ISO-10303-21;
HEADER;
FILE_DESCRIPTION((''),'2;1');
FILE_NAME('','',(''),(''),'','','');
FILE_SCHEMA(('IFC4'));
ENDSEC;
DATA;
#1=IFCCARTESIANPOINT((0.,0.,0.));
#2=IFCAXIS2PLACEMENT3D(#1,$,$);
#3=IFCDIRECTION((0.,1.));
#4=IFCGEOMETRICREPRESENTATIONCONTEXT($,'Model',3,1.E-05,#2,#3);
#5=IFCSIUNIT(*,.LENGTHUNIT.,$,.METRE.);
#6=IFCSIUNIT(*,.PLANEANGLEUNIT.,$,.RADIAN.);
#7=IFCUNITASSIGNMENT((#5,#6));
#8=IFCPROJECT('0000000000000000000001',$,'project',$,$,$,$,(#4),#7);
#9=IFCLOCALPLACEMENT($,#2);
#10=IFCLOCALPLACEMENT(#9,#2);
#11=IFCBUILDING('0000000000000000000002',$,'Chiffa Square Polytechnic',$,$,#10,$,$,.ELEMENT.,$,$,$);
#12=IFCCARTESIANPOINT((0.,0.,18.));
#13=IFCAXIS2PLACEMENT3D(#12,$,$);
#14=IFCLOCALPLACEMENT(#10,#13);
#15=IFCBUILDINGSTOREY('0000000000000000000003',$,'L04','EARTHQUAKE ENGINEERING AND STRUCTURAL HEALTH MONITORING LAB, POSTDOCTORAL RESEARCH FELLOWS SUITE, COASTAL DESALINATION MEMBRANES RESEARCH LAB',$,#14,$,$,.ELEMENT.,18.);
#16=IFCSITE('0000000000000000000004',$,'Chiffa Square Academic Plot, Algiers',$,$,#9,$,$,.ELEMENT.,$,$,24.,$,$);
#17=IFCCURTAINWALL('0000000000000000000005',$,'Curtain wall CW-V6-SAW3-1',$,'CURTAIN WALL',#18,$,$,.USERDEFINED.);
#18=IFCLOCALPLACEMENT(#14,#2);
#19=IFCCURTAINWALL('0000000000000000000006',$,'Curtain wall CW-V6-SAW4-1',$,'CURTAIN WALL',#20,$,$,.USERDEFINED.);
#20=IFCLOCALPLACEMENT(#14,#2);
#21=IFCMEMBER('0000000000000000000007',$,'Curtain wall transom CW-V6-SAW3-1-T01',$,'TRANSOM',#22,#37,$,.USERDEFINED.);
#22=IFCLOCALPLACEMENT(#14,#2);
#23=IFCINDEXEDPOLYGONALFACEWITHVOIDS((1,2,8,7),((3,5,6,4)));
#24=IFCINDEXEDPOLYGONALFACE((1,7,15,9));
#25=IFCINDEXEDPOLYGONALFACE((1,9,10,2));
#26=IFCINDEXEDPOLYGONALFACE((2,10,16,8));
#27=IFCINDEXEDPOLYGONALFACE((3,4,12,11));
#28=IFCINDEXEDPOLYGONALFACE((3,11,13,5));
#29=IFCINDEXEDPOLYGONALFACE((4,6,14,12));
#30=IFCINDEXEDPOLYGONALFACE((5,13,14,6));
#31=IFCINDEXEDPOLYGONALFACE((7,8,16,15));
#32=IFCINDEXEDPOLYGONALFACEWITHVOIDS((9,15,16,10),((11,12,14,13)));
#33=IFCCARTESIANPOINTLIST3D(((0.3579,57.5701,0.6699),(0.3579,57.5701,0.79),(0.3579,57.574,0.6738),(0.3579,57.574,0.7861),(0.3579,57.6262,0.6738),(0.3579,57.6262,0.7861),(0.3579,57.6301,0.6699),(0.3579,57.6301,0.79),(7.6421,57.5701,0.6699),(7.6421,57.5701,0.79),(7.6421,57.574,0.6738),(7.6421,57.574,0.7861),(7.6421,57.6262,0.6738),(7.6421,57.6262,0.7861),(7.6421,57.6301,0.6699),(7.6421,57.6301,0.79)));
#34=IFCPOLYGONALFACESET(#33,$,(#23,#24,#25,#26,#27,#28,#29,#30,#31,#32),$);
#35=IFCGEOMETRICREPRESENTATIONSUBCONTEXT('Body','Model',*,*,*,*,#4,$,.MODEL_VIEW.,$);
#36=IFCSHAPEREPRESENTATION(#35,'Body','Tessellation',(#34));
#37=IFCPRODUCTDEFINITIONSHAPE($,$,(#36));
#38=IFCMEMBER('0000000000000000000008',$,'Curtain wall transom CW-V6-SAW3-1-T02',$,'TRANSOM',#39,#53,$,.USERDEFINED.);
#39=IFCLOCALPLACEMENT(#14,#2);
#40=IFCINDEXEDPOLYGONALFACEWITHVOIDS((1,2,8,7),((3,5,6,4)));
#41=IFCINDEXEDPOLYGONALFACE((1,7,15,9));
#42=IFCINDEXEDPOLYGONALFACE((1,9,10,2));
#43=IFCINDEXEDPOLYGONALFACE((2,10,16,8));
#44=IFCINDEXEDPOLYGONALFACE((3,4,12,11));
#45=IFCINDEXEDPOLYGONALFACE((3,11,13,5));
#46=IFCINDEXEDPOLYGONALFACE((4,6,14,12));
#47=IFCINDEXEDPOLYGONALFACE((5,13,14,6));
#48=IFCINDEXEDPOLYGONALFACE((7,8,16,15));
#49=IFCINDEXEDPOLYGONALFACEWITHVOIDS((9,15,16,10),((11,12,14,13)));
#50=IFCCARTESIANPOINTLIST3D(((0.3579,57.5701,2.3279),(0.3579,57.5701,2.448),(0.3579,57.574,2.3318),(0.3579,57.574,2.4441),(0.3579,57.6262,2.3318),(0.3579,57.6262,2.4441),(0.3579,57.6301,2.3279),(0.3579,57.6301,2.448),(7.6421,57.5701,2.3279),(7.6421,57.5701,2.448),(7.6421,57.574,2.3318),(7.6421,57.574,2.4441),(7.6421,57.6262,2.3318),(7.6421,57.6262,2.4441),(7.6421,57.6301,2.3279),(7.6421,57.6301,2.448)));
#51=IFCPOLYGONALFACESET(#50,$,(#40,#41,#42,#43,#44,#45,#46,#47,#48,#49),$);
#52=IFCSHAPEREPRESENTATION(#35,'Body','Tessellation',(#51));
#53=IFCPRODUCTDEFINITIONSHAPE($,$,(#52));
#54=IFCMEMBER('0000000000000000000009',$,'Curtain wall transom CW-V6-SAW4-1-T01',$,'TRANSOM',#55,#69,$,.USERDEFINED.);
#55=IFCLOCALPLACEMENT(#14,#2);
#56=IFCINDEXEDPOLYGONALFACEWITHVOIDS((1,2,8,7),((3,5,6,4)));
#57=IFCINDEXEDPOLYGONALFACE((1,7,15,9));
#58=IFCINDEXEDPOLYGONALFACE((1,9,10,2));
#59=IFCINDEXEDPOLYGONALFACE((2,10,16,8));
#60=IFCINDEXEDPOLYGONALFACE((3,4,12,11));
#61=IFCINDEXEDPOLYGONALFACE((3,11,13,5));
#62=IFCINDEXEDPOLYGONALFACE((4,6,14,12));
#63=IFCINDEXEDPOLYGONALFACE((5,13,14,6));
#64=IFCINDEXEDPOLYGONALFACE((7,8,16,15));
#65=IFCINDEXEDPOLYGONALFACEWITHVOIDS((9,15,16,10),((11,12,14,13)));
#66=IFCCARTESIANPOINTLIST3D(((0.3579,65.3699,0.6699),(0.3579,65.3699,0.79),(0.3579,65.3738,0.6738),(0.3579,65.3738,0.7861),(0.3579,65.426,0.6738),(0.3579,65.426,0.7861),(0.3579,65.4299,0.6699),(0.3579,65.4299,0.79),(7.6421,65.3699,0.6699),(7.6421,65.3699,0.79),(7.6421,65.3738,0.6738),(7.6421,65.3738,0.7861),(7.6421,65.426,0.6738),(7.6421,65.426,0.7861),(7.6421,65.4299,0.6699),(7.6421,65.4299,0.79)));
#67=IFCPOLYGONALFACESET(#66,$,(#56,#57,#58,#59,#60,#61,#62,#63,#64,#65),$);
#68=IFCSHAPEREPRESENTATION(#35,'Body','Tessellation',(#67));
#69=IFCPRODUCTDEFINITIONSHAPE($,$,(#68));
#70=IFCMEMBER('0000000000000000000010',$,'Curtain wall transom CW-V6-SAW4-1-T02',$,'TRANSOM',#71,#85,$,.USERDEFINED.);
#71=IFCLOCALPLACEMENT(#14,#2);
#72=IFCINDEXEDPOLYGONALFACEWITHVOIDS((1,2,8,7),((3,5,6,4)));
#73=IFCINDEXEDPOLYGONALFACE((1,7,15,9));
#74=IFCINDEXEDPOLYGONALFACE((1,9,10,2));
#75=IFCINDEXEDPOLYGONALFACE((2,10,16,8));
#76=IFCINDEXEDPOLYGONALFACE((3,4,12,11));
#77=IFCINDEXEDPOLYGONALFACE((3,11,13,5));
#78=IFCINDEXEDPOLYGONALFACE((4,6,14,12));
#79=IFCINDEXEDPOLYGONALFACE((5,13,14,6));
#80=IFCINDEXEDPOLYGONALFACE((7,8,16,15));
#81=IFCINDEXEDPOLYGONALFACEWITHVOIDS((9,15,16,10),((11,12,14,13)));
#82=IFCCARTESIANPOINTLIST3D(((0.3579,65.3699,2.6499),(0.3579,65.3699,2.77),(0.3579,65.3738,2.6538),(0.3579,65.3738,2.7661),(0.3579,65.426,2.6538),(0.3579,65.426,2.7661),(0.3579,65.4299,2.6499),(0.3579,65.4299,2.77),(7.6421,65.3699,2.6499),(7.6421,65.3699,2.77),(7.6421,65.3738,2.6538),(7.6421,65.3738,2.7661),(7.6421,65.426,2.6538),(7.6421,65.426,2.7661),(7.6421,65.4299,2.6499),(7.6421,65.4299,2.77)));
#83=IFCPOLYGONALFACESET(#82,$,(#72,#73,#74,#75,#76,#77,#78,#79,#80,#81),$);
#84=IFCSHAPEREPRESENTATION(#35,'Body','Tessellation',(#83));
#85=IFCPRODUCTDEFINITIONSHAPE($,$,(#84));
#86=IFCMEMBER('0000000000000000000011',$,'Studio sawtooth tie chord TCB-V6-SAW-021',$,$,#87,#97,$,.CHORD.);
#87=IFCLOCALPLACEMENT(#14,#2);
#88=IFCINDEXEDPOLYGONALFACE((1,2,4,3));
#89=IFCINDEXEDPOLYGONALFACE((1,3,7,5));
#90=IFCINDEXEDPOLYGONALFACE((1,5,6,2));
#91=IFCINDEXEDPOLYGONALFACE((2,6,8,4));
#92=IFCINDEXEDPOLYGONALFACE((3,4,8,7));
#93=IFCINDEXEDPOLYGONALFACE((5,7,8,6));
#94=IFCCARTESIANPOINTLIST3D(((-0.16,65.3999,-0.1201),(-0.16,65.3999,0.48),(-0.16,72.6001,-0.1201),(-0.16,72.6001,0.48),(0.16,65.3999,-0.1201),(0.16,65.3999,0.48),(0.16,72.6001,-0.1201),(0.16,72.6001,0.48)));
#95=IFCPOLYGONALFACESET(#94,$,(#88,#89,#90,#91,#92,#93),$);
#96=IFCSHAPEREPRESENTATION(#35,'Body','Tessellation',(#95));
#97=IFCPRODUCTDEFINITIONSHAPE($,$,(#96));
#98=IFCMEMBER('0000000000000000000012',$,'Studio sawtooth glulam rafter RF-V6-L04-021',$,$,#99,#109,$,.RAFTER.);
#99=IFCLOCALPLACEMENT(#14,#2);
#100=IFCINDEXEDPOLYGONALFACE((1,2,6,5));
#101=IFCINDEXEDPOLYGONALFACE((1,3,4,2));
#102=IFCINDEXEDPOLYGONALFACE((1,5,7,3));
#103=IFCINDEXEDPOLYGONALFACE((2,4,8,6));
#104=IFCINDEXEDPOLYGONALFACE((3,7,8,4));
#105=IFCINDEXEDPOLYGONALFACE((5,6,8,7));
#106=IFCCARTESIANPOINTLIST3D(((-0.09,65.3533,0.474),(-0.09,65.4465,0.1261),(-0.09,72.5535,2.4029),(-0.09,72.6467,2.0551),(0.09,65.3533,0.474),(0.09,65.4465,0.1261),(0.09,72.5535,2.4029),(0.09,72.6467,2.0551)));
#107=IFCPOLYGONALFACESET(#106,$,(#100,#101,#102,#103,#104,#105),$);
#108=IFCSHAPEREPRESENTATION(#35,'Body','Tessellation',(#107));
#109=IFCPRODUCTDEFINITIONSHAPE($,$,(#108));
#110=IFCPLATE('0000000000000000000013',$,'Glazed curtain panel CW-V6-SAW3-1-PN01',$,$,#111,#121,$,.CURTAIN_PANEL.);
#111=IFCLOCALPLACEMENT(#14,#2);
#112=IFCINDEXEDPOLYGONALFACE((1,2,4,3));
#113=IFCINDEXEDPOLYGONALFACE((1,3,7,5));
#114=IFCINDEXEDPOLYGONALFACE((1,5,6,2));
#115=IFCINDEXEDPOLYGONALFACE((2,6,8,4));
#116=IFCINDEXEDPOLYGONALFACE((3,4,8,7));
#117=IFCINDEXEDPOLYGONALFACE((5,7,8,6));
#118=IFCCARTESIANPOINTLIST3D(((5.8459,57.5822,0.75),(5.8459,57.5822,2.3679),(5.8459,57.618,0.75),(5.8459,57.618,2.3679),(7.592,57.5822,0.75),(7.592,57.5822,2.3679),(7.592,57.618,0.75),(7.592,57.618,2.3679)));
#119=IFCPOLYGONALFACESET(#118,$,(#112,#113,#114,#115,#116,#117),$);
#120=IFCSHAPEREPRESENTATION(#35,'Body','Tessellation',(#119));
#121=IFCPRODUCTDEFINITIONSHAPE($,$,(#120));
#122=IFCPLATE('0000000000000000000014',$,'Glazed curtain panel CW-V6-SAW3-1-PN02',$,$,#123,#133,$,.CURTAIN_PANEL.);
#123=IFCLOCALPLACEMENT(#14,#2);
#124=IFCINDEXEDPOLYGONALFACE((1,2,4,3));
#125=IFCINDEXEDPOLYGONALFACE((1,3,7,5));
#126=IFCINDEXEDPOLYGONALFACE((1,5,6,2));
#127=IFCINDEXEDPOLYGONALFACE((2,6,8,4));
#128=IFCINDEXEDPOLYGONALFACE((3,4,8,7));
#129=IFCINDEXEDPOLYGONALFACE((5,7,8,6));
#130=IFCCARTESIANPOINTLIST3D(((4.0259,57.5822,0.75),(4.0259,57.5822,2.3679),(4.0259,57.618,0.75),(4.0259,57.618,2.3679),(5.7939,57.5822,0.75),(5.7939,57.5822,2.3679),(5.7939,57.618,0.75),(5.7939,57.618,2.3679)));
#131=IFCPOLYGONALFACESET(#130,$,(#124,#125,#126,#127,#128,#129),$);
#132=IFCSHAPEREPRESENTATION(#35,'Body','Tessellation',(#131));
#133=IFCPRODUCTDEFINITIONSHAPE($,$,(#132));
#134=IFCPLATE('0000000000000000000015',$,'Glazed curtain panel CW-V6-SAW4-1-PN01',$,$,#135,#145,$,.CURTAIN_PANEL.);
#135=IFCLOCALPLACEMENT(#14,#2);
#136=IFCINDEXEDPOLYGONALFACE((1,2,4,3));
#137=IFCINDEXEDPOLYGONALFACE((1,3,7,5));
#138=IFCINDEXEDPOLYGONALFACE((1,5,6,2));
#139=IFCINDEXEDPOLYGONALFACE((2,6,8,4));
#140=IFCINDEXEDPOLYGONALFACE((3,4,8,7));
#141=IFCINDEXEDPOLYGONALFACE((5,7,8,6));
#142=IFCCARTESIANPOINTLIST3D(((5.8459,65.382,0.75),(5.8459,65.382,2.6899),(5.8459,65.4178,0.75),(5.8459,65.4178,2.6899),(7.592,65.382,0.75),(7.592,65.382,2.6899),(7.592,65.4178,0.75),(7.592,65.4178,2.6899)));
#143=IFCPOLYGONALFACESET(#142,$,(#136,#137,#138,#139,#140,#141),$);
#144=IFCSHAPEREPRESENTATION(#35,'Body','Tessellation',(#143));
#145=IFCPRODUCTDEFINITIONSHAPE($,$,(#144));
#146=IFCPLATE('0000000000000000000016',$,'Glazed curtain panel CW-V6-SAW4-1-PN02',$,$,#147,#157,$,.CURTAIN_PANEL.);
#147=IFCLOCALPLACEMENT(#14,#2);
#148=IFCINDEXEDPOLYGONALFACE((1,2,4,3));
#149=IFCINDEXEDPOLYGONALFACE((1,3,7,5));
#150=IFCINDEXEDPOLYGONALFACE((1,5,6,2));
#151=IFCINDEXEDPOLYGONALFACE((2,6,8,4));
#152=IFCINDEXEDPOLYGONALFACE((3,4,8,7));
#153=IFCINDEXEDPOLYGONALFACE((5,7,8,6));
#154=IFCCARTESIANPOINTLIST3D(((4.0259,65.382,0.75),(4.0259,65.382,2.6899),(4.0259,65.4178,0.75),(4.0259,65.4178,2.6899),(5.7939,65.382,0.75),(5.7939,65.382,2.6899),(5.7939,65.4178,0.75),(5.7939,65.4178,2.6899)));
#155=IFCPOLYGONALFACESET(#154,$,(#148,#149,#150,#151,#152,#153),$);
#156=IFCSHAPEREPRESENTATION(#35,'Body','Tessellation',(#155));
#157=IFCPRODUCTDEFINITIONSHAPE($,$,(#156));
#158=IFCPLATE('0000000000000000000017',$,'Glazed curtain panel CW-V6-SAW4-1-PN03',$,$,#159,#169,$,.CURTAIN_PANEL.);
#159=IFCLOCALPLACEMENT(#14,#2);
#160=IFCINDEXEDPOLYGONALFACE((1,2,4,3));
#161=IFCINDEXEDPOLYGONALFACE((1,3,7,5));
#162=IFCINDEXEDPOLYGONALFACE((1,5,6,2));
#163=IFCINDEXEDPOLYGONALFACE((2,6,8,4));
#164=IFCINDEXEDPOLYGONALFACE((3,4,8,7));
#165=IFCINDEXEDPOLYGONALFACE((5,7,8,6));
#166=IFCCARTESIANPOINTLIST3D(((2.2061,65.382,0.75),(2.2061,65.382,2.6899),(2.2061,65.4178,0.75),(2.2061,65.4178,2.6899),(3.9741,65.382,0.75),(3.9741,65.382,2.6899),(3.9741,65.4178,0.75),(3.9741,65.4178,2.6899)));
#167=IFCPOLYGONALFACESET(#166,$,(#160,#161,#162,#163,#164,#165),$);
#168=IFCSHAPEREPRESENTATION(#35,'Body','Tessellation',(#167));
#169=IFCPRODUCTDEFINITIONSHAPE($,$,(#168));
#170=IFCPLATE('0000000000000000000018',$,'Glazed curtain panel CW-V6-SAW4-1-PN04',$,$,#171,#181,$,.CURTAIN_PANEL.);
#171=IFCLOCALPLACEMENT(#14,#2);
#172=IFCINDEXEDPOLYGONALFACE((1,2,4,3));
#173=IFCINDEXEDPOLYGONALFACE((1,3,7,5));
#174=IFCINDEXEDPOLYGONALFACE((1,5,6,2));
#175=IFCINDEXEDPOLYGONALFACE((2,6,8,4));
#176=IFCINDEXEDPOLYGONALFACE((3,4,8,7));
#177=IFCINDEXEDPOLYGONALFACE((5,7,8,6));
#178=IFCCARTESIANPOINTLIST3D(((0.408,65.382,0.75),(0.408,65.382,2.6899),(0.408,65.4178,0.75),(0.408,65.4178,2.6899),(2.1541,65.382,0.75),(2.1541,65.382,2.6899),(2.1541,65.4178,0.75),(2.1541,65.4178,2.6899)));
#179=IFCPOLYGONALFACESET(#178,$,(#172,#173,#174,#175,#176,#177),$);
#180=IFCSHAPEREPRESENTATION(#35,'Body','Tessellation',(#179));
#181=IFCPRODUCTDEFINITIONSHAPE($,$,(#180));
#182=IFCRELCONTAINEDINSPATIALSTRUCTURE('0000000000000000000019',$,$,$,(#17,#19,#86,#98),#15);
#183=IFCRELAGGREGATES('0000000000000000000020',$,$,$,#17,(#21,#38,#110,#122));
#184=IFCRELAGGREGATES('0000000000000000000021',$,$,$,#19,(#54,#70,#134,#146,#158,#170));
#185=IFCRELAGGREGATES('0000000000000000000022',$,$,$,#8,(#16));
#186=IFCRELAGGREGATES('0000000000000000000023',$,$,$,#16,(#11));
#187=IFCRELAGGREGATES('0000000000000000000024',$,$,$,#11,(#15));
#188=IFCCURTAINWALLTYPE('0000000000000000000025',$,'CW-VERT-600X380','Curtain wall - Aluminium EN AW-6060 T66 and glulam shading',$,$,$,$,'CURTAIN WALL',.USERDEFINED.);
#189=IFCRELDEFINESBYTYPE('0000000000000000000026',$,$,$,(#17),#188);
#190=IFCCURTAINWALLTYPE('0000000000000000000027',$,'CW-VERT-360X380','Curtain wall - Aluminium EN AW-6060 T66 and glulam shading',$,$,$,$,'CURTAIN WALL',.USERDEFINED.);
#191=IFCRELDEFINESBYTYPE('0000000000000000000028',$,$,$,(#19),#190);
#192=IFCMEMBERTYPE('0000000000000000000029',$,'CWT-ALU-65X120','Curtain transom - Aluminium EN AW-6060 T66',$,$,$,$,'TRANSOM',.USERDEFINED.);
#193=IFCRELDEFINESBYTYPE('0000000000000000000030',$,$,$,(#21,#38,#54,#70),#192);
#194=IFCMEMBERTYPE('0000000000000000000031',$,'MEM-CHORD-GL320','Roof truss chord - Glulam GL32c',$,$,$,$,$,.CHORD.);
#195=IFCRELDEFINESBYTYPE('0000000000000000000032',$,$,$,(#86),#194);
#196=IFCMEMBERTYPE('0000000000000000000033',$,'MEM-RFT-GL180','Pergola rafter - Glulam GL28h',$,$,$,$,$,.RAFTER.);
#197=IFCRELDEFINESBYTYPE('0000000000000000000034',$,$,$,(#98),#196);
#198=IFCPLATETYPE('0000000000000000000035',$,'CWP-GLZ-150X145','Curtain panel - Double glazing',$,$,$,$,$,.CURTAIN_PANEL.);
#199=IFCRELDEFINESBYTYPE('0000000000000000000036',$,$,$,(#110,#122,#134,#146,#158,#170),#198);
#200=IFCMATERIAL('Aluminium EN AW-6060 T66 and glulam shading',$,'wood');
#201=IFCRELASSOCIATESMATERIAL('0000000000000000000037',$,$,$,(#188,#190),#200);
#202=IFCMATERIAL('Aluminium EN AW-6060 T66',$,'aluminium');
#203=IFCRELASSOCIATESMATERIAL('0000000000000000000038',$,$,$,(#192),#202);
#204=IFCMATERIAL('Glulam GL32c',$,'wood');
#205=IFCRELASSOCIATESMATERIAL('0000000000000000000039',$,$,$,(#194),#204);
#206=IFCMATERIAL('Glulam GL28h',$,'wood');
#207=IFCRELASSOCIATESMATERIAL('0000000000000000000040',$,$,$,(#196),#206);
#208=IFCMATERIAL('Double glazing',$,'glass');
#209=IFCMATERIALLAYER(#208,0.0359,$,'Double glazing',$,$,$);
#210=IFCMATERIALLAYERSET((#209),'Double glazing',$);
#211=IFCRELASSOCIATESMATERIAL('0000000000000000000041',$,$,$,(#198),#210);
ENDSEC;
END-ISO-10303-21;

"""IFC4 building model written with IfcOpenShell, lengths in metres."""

from ifc_helpers import new_model, si_unit, direction, frame, origin, origin_2d, place, context, subcontext, project, spatial, rectangle, hollow_rectangle, extrude, material, layer, layer_set, material_profile, profile_set, type_object, element, aggregate, save


model = new_model("IFC4")

# Units and contexts
model_context = context("Model", 3, precision=1e-05, world=origin(), true_north=direction((0.0, 1.0)))
body_context = subcontext(model_context, "Body", "Model", "MODEL_VIEW")
ifc_project = project(units=[si_unit("LENGTHUNIT", "METRE"), si_unit("PLANEANGLEUNIT", "RADIAN")], contexts=[model_context])

# Site, building, storey
site_placement = place(None, origin())
site = spatial("IfcSite", under=ifc_project, at=site_placement, Name="Chiffa Square Academic Plot, Algiers", CompositionType="ELEMENT", RefElevation=24.0)
building_placement = place(site_placement, origin())
building = spatial("IfcBuilding", under=site, at=building_placement, Name="Chiffa Square Polytechnic", CompositionType="ELEMENT")
storey_placement = place(building_placement, frame((0.0, 0.0, 18.0)))
storey = spatial("IfcBuildingStorey", under=building, at=storey_placement, Name="L04", Description="EARTHQUAKE ENGINEERING AND STRUCTURAL HEALTH MONITORING LAB, POSTDOCTORAL RESEARCH FELLOWS SUITE, COASTAL DESALINATION MEMBRANES RESEARCH LAB", CompositionType="ELEMENT", Elevation=18.0)

# Shared definitions
ifc_material_1 = material(Name="Glulam GL32c", Category="wood")

# Curtain walls
ifc_material_2 = material(Name="Aluminium EN AW-6060 T66 and glulam shading", Category="wood")
curtain_wall_type_1 = type_object("IfcCurtainWallType", Name="CW-VERT-600X380", Description="Curtain wall - Aluminium EN AW-6060 T66 and glulam shading", ElementType="CURTAIN WALL", PredefinedType="USERDEFINED", material=ifc_material_2)
curtain_wall_1_placement = place(storey_placement, origin())
curtain_wall_1 = element("IfcCurtainWall", 1, at=curtain_wall_1_placement, inside=storey, type_object=curtain_wall_type_1, Name="Curtain wall CW-V6-SAW3-1", ObjectType="CURTAIN WALL", PredefinedType="USERDEFINED")
ifc_material_3 = material(Name="Aluminium EN AW-6060 T66", Category="aluminium")
curtain_wall_type_2 = type_object("IfcCurtainWallType", Name="CW-VERT-360X380", Description="Curtain wall - Aluminium EN AW-6060 T66 and glulam shading", ElementType="CURTAIN WALL", PredefinedType="USERDEFINED", material=ifc_material_2)
curtain_wall_2_placement = place(storey_placement, origin())
curtain_wall_2 = element("IfcCurtainWall", 2, at=curtain_wall_2_placement, inside=storey, type_object=curtain_wall_type_2, Name="Curtain wall CW-V6-SAW4-1", ObjectType="CURTAIN WALL", PredefinedType="USERDEFINED")
ifc_material_4 = material(Name="Glulam GL28h", Category="wood")

# Members
ifc_material_profile_1 = material_profile(ifc_material_3, hollow_rectangle(XDim=0.0601, YDim=0.1201, WallThickness=0.0039, at=origin_2d()), Name="ALU 60x120x4")
ifc_profile_set_1 = profile_set([ifc_material_profile_1], Name="Aluminium EN AW-6060 T66")
member_type_1 = type_object("IfcMemberType", Name="CWT-ALU-65X120", Description="Curtain transom - Aluminium EN AW-6060 T66", ElementType="TRANSOM", PredefinedType="USERDEFINED", material=ifc_profile_set_1)
member_1_placement = place(storey_placement, frame((7.6421, 57.6001, 0.73), z_axis=(-1.0, 0.0, 0.0), x_axis=(0.0, -1.0, 0.0)))
member_1 = element("IfcMember", 3, at=member_1_placement, type_object=member_type_1, Name="Curtain wall transom CW-V6-SAW3-1-T01", ObjectType="TRANSOM", PredefinedType="USERDEFINED", context=body_context, shape_type="SweptSolid", body=[
    extrude(hollow_rectangle(XDim=0.0601, YDim=0.1201, WallThickness=0.0039, at=origin_2d()), origin(), (0.0, 0.0, 1.0), 7.2842),
])
member_2_placement = place(storey_placement, frame((7.6421, 57.6001, 2.3879), z_axis=(-1.0, 0.0, 0.0), x_axis=(0.0, -1.0, 0.0)))
member_2 = element("IfcMember", 4, at=member_2_placement, type_object=member_type_1, Name="Curtain wall transom CW-V6-SAW3-1-T02", ObjectType="TRANSOM", PredefinedType="USERDEFINED", context=body_context, shape_type="SweptSolid", body=[
    extrude(hollow_rectangle(XDim=0.0601, YDim=0.1201, WallThickness=0.0039, at=origin_2d()), origin(), (0.0, 0.0, 1.0), 7.2842),
])
member_3_placement = place(storey_placement, frame((7.6421, 65.3999, 0.73), z_axis=(-1.0, 0.0, 0.0), x_axis=(0.0, -1.0, 0.0)))
member_3 = element("IfcMember", 5, at=member_3_placement, type_object=member_type_1, Name="Curtain wall transom CW-V6-SAW4-1-T01", ObjectType="TRANSOM", PredefinedType="USERDEFINED", context=body_context, shape_type="SweptSolid", body=[
    extrude(hollow_rectangle(XDim=0.0601, YDim=0.1201, WallThickness=0.0039, at=origin_2d()), origin(), (0.0, 0.0, 1.0), 7.2842),
])
member_4_placement = place(storey_placement, frame((7.6421, 65.3999, 2.71), z_axis=(-1.0, 0.0, 0.0), x_axis=(0.0, -1.0, 0.0)))
member_4 = element("IfcMember", 6, at=member_4_placement, type_object=member_type_1, Name="Curtain wall transom CW-V6-SAW4-1-T02", ObjectType="TRANSOM", PredefinedType="USERDEFINED", context=body_context, shape_type="SweptSolid", body=[
    extrude(hollow_rectangle(XDim=0.0601, YDim=0.1201, WallThickness=0.0039, at=origin_2d()), origin(), (0.0, 0.0, 1.0), 7.2842),
])

# Members
ifc_material_profile_2 = material_profile(ifc_material_1, rectangle(XDim=0.3201, YDim=0.6001, at=origin_2d()), Name="GL32c 320x600")
ifc_profile_set_2 = profile_set([ifc_material_profile_2], Name="Glulam GL32c")
member_type_2 = type_object("IfcMemberType", Name="MEM-CHORD-GL320", Description="Roof truss chord - Glulam GL32c", PredefinedType="CHORD", material=ifc_profile_set_2)
member_5_placement = place(storey_placement, frame((0.0, 65.3999, 0.1799), z_axis=(0.0, 1.0, 0.0), x_axis=(-1.0, 0.0, 0.0)))
element("IfcMember", 7, at=member_5_placement, inside=storey, type_object=member_type_2, Name="Studio sawtooth tie chord TCB-V6-SAW-021", PredefinedType="CHORD", context=body_context, shape_type="SweptSolid", body=[
    extrude(rectangle(XDim=0.3201, YDim=0.6001, at=origin_2d()), origin(), (0.0, 0.0, 1.0), 7.2002),
])
ifc_material_profile_3 = material_profile(ifc_material_4, rectangle(XDim=0.1799, YDim=0.3601, at=origin_2d()), Name="GL28h 180x360")
ifc_profile_set_3 = profile_set([ifc_material_profile_3], Name="Glulam GL28h")
member_type_3 = type_object("IfcMemberType", Name="MEM-RFT-GL180", Description="Pergola rafter - Glulam GL28h", PredefinedType="RAFTER", material=ifc_profile_set_3)
member_6_placement = place(storey_placement, frame((0.0, 65.3999, 0.3), z_axis=(0.0, 0.965937, 0.258778), x_axis=(-1.0, 0.0, 0.0)))
element("IfcMember", 8, at=member_6_placement, inside=storey, type_object=member_type_3, Name="Studio sawtooth glulam rafter RF-V6-L04-021", PredefinedType="RAFTER", context=body_context, shape_type="SweptSolid", body=[
    extrude(rectangle(XDim=0.1799, YDim=0.3601, at=origin_2d()), origin(), (0.0, 0.0, 1.0), 7.4541),
])

# Plates
ifc_material_5 = material(Name="Double glazing", Category="glass")
ifc_layer_1 = layer(ifc_material_5, 0.0359, Name="Double glazing")
ifc_layer_set_1 = layer_set([ifc_layer_1], Name="Double glazing")
plate_type = type_object("IfcPlateType", Name="CWP-GLZ-150X145", Description="Curtain panel - Double glazing", PredefinedType="CURTAIN_PANEL", material=ifc_layer_set_1)
plate_1_placement = place(storey_placement, frame((6.719, 57.6001, 0.75), z_axis=(0.0, 0.0, 1.0), x_axis=(-1.0, 0.0, 0.0)))
plate_1 = element("IfcPlate", 9, at=plate_1_placement, type_object=plate_type, Name="Glazed curtain panel CW-V6-SAW3-1-PN01", PredefinedType="CURTAIN_PANEL", context=body_context, shape_type="SweptSolid", body=[
    extrude(rectangle(XDim=1.7461, YDim=0.0359, at=origin_2d()), origin(), (0.0, 0.0, 1.0), 1.6179),
])
plate_2_placement = place(storey_placement, frame((4.9099, 57.6001, 0.75), z_axis=(0.0, 0.0, 1.0), x_axis=(-1.0, 0.0, 0.0)))
plate_2 = element("IfcPlate", 10, at=plate_2_placement, type_object=plate_type, Name="Glazed curtain panel CW-V6-SAW3-1-PN02", PredefinedType="CURTAIN_PANEL", context=body_context, shape_type="SweptSolid", body=[
    extrude(rectangle(XDim=1.7681, YDim=0.0359, at=origin_2d()), origin(), (0.0, 0.0, 1.0), 1.6179),
])
aggregate(curtain_wall_1, [member_1, member_2, plate_1, plate_2])
plate_3_placement = place(storey_placement, frame((6.719, 65.3999, 0.75), z_axis=(0.0, 0.0, 1.0), x_axis=(-1.0, 0.0, 0.0)))
plate_3 = element("IfcPlate", 11, at=plate_3_placement, type_object=plate_type, Name="Glazed curtain panel CW-V6-SAW4-1-PN01", PredefinedType="CURTAIN_PANEL", context=body_context, shape_type="SweptSolid", body=[
    extrude(rectangle(XDim=1.7461, YDim=0.0359, at=origin_2d()), origin(), (0.0, 0.0, 1.0), 1.9399),
])
plate_4_placement = place(storey_placement, frame((4.9099, 65.3999, 0.75), z_axis=(0.0, 0.0, 1.0), x_axis=(-1.0, 0.0, 0.0)))
plate_4 = element("IfcPlate", 12, at=plate_4_placement, type_object=plate_type, Name="Glazed curtain panel CW-V6-SAW4-1-PN02", PredefinedType="CURTAIN_PANEL", context=body_context, shape_type="SweptSolid", body=[
    extrude(rectangle(XDim=1.7681, YDim=0.0359, at=origin_2d()), origin(), (0.0, 0.0, 1.0), 1.9399),
])
plate_5_placement = place(storey_placement, frame((3.0901, 65.3999, 0.75), z_axis=(0.0, 0.0, 1.0), x_axis=(-1.0, 0.0, 0.0)))
plate_5 = element("IfcPlate", 13, at=plate_5_placement, type_object=plate_type, Name="Glazed curtain panel CW-V6-SAW4-1-PN03", PredefinedType="CURTAIN_PANEL", context=body_context, shape_type="SweptSolid", body=[
    extrude(rectangle(XDim=1.7681, YDim=0.0359, at=origin_2d()), origin(), (0.0, 0.0, 1.0), 1.9399),
])
plate_6_placement = place(storey_placement, frame((1.281, 65.3999, 0.75), z_axis=(0.0, 0.0, 1.0), x_axis=(-1.0, 0.0, 0.0)))
plate_6 = element("IfcPlate", 14, at=plate_6_placement, type_object=plate_type, Name="Glazed curtain panel CW-V6-SAW4-1-PN04", PredefinedType="CURTAIN_PANEL", context=body_context, shape_type="SweptSolid", body=[
    extrude(rectangle(XDim=1.7461, YDim=0.0359, at=origin_2d()), origin(), (0.0, 0.0, 1.0), 1.9399),
])
aggregate(curtain_wall_2, [member_3, member_4, plate_3, plate_4, plate_5, plate_6])

save(model, "model.ifc")
